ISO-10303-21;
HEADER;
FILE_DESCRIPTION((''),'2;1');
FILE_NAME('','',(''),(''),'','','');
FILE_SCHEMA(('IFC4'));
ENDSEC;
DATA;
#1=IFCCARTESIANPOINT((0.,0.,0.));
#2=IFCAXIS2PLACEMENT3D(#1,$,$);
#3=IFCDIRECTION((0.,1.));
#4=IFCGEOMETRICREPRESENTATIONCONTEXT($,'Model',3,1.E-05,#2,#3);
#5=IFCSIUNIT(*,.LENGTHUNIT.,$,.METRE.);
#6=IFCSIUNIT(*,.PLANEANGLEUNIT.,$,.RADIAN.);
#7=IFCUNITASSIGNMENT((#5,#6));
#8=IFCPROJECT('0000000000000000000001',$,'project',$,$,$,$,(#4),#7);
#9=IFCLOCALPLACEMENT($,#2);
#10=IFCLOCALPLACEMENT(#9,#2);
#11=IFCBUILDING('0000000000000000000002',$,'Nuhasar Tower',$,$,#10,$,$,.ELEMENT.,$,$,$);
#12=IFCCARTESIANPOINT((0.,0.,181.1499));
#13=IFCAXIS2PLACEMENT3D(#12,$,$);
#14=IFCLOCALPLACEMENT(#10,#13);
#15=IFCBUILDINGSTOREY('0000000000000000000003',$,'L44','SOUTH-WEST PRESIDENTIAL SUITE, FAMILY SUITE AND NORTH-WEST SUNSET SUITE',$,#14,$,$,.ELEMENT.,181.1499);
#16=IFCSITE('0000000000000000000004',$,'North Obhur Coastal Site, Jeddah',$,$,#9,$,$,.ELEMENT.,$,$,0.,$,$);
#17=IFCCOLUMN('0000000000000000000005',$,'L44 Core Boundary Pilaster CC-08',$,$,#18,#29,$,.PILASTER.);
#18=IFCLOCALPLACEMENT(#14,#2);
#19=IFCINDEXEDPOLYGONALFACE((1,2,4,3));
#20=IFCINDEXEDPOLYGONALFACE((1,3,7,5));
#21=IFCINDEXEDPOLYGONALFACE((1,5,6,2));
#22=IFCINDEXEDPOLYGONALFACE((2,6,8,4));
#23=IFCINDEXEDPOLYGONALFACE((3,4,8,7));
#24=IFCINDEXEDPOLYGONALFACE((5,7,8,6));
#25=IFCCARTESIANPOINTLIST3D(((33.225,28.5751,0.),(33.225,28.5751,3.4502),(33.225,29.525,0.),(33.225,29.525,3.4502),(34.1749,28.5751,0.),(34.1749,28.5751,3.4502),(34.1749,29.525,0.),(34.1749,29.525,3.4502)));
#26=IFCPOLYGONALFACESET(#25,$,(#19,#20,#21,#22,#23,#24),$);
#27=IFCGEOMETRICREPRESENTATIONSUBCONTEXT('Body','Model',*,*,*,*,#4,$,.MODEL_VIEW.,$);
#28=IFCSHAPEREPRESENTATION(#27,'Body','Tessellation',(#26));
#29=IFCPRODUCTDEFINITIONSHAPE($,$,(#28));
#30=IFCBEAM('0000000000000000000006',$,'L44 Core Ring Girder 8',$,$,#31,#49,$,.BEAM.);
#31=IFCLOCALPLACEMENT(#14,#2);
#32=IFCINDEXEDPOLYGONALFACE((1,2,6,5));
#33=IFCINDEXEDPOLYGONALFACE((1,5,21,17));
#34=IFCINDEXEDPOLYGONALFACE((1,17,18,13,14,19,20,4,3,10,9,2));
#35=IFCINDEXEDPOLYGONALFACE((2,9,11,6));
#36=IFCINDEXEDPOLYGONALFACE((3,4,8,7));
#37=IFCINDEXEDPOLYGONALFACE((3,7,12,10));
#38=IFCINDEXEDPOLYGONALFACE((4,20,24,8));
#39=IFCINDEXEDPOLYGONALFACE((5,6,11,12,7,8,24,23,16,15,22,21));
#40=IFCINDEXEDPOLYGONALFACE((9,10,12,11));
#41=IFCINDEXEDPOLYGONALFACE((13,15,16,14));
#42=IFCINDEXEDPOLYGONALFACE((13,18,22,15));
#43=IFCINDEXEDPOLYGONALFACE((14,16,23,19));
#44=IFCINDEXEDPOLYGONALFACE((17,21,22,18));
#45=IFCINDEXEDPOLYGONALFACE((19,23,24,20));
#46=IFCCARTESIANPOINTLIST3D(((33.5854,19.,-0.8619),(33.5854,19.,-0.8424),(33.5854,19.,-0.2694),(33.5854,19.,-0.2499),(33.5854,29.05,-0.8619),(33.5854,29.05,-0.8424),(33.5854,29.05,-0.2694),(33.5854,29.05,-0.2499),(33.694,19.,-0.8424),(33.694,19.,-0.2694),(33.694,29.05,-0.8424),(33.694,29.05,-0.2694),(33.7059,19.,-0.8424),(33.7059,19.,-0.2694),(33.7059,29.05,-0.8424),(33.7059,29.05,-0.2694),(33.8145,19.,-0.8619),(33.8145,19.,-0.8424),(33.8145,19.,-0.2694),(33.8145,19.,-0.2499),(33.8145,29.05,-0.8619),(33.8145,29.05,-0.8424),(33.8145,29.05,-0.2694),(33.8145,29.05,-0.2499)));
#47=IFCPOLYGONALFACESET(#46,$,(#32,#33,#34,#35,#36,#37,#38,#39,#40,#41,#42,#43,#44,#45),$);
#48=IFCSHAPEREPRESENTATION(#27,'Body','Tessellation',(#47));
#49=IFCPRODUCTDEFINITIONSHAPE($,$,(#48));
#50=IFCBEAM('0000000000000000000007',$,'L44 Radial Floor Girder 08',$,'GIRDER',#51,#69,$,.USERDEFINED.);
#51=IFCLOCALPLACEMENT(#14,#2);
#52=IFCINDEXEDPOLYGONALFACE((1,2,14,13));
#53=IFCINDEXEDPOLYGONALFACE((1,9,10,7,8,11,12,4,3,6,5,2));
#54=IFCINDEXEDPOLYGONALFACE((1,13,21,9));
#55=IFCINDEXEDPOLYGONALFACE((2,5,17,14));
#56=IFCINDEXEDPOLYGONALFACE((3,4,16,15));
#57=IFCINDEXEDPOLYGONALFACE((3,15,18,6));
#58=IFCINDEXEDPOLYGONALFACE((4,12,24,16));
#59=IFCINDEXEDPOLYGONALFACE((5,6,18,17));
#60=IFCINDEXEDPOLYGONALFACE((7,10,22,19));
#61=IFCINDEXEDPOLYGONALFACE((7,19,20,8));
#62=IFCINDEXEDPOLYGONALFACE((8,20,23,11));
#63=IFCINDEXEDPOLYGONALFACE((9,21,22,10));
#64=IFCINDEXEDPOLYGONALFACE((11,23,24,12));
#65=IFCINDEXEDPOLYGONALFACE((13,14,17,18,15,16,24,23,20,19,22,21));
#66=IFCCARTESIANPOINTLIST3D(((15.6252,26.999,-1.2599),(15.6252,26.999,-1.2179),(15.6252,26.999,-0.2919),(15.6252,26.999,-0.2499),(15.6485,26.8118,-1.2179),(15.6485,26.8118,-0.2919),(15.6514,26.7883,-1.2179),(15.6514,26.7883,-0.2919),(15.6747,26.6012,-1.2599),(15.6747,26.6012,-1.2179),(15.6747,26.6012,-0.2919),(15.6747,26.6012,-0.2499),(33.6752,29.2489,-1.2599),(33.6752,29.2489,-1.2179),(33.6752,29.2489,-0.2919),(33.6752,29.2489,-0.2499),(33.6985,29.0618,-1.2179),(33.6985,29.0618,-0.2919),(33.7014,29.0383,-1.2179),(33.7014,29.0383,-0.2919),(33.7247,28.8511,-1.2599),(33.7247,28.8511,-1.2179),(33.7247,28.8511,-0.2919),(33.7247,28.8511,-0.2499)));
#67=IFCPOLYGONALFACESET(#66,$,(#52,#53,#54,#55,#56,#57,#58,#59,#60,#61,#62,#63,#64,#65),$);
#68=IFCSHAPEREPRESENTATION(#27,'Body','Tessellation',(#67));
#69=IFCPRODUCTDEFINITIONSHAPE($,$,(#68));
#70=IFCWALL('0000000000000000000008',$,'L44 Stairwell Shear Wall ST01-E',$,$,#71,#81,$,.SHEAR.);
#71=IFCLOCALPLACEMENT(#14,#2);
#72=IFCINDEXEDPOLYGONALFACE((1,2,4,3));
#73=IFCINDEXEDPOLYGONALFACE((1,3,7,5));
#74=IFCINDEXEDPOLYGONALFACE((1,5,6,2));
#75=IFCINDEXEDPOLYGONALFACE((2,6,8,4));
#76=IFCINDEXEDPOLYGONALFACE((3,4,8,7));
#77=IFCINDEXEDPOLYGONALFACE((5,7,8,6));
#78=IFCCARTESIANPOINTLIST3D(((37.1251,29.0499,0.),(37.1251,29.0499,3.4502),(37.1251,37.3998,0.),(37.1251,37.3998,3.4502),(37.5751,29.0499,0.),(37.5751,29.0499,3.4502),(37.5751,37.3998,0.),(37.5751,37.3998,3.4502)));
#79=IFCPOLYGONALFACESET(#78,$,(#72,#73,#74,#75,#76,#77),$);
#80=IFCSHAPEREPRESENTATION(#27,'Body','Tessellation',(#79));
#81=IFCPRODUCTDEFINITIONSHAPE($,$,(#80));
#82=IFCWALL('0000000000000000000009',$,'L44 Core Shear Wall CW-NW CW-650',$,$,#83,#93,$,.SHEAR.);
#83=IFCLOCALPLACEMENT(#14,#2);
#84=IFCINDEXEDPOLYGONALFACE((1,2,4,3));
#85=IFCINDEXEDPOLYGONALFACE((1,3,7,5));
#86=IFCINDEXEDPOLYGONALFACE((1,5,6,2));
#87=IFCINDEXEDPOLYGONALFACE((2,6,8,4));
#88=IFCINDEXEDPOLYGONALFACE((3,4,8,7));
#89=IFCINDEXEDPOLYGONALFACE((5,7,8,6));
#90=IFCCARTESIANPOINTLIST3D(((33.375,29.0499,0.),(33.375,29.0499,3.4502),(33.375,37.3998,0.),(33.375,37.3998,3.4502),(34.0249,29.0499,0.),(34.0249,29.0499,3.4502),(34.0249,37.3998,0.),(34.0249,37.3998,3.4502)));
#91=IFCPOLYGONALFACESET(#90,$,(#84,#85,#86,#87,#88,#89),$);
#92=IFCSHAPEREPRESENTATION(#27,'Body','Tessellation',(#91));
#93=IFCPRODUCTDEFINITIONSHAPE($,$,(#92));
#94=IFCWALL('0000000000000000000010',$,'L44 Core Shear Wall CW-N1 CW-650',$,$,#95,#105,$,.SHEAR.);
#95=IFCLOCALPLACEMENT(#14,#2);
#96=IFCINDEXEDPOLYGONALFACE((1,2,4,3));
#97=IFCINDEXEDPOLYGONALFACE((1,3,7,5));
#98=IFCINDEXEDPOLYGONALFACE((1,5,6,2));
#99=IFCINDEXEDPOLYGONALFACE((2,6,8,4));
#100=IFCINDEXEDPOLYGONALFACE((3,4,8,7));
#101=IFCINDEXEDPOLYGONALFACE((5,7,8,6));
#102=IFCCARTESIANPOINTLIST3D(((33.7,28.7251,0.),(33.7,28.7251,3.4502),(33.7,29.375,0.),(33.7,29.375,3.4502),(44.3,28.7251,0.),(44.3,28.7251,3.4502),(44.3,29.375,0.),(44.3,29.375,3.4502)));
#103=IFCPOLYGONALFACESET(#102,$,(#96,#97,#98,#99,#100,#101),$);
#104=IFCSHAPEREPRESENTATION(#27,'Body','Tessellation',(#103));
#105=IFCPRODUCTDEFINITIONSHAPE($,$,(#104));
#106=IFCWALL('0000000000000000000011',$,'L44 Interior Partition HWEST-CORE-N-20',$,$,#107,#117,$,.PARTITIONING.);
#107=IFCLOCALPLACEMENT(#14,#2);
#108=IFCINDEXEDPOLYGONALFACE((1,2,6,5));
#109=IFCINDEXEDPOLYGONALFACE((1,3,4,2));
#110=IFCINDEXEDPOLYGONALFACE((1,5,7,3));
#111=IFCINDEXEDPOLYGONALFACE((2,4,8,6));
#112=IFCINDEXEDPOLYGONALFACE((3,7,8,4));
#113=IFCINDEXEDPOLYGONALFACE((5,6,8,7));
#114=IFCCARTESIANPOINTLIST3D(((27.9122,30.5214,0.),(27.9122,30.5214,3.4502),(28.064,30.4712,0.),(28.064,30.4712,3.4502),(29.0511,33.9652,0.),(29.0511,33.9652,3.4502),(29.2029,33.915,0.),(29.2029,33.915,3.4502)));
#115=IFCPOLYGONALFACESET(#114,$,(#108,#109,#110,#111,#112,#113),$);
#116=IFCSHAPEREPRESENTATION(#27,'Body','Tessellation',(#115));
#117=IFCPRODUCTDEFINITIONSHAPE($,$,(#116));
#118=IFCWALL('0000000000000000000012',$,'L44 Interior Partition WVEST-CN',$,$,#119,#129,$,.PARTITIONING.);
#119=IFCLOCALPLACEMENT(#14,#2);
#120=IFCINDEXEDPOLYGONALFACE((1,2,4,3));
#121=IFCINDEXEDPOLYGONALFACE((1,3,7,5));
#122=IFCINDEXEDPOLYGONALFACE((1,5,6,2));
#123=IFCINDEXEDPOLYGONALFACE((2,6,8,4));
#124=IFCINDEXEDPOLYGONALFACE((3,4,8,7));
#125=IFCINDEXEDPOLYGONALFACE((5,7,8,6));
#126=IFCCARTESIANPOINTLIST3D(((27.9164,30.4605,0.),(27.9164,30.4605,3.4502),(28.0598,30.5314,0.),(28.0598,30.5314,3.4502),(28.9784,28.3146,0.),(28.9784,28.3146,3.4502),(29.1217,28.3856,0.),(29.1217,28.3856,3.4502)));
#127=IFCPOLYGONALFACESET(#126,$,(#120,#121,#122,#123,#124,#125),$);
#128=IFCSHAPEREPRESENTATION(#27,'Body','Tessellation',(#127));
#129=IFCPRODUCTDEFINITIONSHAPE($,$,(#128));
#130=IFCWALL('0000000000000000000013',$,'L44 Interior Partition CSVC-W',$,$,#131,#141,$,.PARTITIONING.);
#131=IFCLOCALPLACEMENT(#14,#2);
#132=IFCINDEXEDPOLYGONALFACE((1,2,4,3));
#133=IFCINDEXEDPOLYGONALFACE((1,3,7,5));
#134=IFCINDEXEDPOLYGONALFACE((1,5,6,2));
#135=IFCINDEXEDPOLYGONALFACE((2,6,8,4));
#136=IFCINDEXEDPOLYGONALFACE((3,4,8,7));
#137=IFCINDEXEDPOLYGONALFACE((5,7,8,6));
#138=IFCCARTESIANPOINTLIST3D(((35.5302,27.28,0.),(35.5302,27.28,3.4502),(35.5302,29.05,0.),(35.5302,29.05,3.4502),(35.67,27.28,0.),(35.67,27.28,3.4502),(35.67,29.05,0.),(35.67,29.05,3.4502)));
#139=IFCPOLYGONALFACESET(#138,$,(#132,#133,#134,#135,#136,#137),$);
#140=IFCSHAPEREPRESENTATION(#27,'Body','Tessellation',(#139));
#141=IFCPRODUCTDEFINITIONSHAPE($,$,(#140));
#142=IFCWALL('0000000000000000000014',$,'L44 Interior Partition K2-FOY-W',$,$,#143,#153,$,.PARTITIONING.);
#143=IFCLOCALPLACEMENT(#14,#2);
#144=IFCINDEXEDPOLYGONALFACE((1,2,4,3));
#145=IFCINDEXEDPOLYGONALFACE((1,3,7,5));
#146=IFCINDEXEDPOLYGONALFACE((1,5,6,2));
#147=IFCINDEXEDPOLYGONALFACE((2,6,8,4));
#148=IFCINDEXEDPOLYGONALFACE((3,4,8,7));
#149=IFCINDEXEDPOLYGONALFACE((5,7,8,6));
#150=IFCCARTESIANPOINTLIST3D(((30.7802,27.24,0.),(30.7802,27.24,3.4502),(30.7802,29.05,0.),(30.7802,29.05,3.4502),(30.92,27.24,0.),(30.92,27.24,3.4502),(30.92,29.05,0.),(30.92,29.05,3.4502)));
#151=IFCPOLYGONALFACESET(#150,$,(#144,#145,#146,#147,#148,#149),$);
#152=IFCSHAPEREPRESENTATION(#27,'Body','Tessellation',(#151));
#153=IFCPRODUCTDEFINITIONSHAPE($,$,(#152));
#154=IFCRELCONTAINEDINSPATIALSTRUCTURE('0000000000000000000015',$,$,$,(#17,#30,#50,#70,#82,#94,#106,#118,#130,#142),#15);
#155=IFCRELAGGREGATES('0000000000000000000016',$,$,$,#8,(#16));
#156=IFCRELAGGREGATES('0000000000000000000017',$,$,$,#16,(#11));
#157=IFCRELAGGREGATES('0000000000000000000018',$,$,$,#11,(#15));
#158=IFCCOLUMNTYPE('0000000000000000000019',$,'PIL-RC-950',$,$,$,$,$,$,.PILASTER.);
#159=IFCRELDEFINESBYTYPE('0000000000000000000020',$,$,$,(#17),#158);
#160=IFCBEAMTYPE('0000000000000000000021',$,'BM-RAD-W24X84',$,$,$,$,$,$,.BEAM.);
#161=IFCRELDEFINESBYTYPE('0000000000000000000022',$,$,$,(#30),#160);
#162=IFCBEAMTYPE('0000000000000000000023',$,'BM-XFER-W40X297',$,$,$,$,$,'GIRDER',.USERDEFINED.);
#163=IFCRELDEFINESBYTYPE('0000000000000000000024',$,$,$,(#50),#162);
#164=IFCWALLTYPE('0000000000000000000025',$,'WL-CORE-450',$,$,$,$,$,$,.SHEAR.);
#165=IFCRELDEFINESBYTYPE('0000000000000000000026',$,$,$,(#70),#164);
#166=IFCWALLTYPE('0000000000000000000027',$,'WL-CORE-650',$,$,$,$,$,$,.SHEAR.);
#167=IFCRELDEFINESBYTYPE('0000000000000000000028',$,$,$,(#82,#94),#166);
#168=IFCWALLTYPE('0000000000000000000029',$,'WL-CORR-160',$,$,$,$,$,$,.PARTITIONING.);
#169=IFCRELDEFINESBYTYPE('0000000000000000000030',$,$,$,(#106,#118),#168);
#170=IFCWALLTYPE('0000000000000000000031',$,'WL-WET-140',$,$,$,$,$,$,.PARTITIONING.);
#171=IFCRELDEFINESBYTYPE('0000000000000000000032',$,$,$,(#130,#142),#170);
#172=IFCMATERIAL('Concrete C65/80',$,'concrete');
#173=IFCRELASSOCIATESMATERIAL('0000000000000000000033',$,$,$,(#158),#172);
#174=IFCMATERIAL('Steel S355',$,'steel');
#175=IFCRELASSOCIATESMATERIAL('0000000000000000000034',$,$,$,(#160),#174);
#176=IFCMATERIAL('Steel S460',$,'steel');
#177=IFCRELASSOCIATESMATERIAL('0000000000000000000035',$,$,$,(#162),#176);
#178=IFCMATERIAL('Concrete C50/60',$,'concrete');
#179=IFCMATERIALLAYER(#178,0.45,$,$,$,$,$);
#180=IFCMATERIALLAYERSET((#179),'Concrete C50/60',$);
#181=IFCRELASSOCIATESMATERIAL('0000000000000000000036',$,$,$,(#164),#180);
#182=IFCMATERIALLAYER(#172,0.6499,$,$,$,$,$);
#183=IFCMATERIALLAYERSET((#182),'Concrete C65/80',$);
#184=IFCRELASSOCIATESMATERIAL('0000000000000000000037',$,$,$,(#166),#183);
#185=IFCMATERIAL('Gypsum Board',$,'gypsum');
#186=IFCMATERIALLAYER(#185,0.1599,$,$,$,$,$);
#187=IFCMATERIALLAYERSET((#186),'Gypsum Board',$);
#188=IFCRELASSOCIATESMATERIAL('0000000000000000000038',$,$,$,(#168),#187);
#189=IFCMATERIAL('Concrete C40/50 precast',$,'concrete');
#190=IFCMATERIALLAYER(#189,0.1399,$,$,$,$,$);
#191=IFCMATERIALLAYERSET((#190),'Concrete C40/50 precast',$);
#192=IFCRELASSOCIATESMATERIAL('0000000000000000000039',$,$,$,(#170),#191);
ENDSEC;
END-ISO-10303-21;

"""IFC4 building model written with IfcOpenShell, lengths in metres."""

from ifc_helpers import new_model, si_unit, direction, frame, frame_2d, origin, origin_2d, place, context, subcontext, project, spatial, rectangle, i_section, extrude, material, layer, layer_set, material_profile, profile_set, type_object, element, save


model = new_model("IFC4")

# Units and contexts
model_context = context("Model", 3, precision=1e-05, world=origin(), true_north=direction((0.0, 1.0)))
body_context = subcontext(model_context, "Body", "Model", "MODEL_VIEW")
ifc_project = project(units=[si_unit("LENGTHUNIT", "METRE"), si_unit("PLANEANGLEUNIT", "RADIAN")], contexts=[model_context])

# Site, building, storey
site_placement = place(None, origin())
site = spatial("IfcSite", under=ifc_project, at=site_placement, Name="North Obhur Coastal Site, Jeddah", CompositionType="ELEMENT", RefElevation=0.0)
building_placement = place(site_placement, origin())
building = spatial("IfcBuilding", under=site, at=building_placement, Name="Nuhasar Tower", CompositionType="ELEMENT")
storey_placement = place(building_placement, frame((0.0, 0.0, 181.1499)))
storey = spatial("IfcBuildingStorey", under=building, at=storey_placement, Name="L44", Description="SOUTH-WEST PRESIDENTIAL SUITE, FAMILY SUITE AND NORTH-WEST SUNSET SUITE", CompositionType="ELEMENT", Elevation=181.1499)

# Column
ifc_material_1 = material(Name="Concrete C65/80", Category="concrete")
ifc_material_profile_1 = material_profile(ifc_material_1, rectangle(XDim=0.95, YDim=0.95, at=origin_2d()), Name="RC950X950")
ifc_profile_set_1 = profile_set([ifc_material_profile_1], Name="Concrete C65/80")
column_type = type_object("IfcColumnType", Name="PIL-RC-950", PredefinedType="PILASTER", material=ifc_profile_set_1)
column_placement = place(storey_placement, frame((33.7, 29.05, 0.0), z_axis=(0.0, 0.0, 1.0), x_axis=(1.0, 0.0, 0.0)))
element("IfcColumn", 1, at=column_placement, inside=storey, type_object=column_type, Name="L44 Core Boundary Pilaster CC-08", PredefinedType="PILASTER", context=body_context, shape_type="SweptSolid", body=[
    extrude(rectangle(XDim=0.95, YDim=0.95, at=origin_2d()), origin(), (0.0, 0.0, 1.0), 3.4502),
])

# Beams
ifc_material_2 = material(Name="Steel S355", Category="steel")
ifc_material_profile_2 = material_profile(ifc_material_2, i_section(OverallWidth=0.229, OverallDepth=0.6121, WebThickness=0.012, FlangeThickness=0.0195, at=origin_2d()), Name="W24X84")
ifc_profile_set_2 = profile_set([ifc_material_profile_2], Name="Steel S355")
beam_type_1 = type_object("IfcBeamType", Name="BM-RAD-W24X84", PredefinedType="BEAM", material=ifc_profile_set_2)
beam_1_placement = place(storey_placement, frame((33.7, 29.05, -0.5559), z_axis=(0.0, -1.0, 0.0), x_axis=(1.0, 0.0, 0.0)))
element("IfcBeam", 2, at=beam_1_placement, inside=storey, type_object=beam_type_1, Name="L44 Core Ring Girder 8", PredefinedType="BEAM", context=body_context, shape_type="SweptSolid", body=[
    extrude(i_section(OverallWidth=0.229, OverallDepth=0.6121, WebThickness=0.012, FlangeThickness=0.0195, at=origin_2d()), origin(), (0.0, 0.0, 1.0), 10.05),
])
ifc_material_3 = material(Name="Steel S460", Category="steel")
ifc_material_profile_3 = material_profile(ifc_material_3, i_section(OverallWidth=0.4009, OverallDepth=1.01, WebThickness=0.0237, FlangeThickness=0.042, at=origin_2d()), Name="W40X297")
ifc_profile_set_3 = profile_set([ifc_material_profile_3], Name="Steel S460")
beam_type_2 = type_object("IfcBeamType", Name="BM-XFER-W40X297", ElementType="GIRDER", PredefinedType="USERDEFINED", material=ifc_profile_set_3)
beam_2_placement = place(storey_placement, frame((33.7, 29.05, -0.7549), z_axis=(-0.99232, -0.123696, 0.0), x_axis=(0.123696, -0.99232, 0.0)))
element("IfcBeam", 3, at=beam_2_placement, inside=storey, type_object=beam_type_2, Name="L44 Radial Floor Girder 08", ObjectType="GIRDER", PredefinedType="USERDEFINED", context=body_context, shape_type="SweptSolid", body=[
    extrude(i_section(OverallWidth=0.4009, OverallDepth=1.01, WebThickness=0.0237, FlangeThickness=0.042, at=origin_2d()), origin(), (0.0, 0.0, 1.0), 18.1897),
])

# Walls
ifc_material_4 = material(Name="Concrete C50/60", Category="concrete")
ifc_layer_1 = layer(ifc_material_4, 0.45)
ifc_layer_set_1 = layer_set([ifc_layer_1], Name="Concrete C50/60")
wall_type_1 = type_object("IfcWallType", Name="WL-CORE-450", PredefinedType="SHEAR", material=ifc_layer_set_1)
wall_1_placement = place(storey_placement, frame((37.3501, 29.05, 0.0), z_axis=(0.0, 0.0, 1.0), x_axis=(0.0, 1.0, 0.0)))
element("IfcWall", 4, at=wall_1_placement, inside=storey, type_object=wall_type_1, Name="L44 Stairwell Shear Wall ST01-E", PredefinedType="SHEAR", context=body_context, shape_type="SweptSolid", body=[
    extrude(rectangle(XDim=8.3499, YDim=0.45, at=frame_2d((4.1748, 0.0))), origin(), (0.0, 0.0, 1.0), 3.4502),
])
ifc_layer_2 = layer(ifc_material_1, 0.6499)
ifc_layer_set_2 = layer_set([ifc_layer_2], Name="Concrete C65/80")
wall_type_2 = type_object("IfcWallType", Name="WL-CORE-650", PredefinedType="SHEAR", material=ifc_layer_set_2)
wall_2_placement = place(storey_placement, frame((33.7, 29.05, 0.0), z_axis=(0.0, 0.0, 1.0), x_axis=(0.0, 1.0, 0.0)))
element("IfcWall", 5, at=wall_2_placement, inside=storey, type_object=wall_type_2, Name="L44 Core Shear Wall CW-NW CW-650", PredefinedType="SHEAR", context=body_context, shape_type="SweptSolid", body=[
    extrude(rectangle(XDim=8.3499, YDim=0.6499, at=frame_2d((4.1748, 0.0))), origin(), (0.0, 0.0, 1.0), 3.4502),
])
wall_3_placement = place(storey_placement, frame((33.7, 29.05, 0.0), z_axis=(0.0, 0.0, 1.0), x_axis=(1.0, 0.0, 0.0)))
element("IfcWall", 6, at=wall_3_placement, inside=storey, type_object=wall_type_2, Name="L44 Core Shear Wall CW-N1 CW-650", PredefinedType="SHEAR", context=body_context, shape_type="SweptSolid", body=[
    extrude(rectangle(XDim=10.6001, YDim=0.6499, at=frame_2d((5.3, 0.0))), origin(), (0.0, 0.0, 1.0), 3.4502),
])
ifc_material_5 = material(Name="Gypsum Board", Category="gypsum")
ifc_layer_3 = layer(ifc_material_5, 0.1599)
ifc_layer_set_3 = layer_set([ifc_layer_3], Name="Gypsum Board")
wall_type_3 = type_object("IfcWallType", Name="WL-CORR-160", PredefinedType="PARTITIONING", material=ifc_layer_set_3)
wall_4_placement = place(storey_placement, frame((29.127, 33.9399, 0.0), z_axis=(0.0, 0.0, 1.0), x_axis=(-0.313986, -0.949428, 0.0)))
element("IfcWall", 7, at=wall_4_placement, inside=storey, type_object=wall_type_3, Name="L44 Interior Partition HWEST-CORE-N-20", PredefinedType="PARTITIONING", context=body_context, shape_type="SweptSolid", body=[
    extrude(rectangle(XDim=3.6272, YDim=0.1599, at=frame_2d((1.8135, 0.0))), origin(), (0.0, 0.0, 1.0), 3.4502),
])
wall_5_placement = place(storey_placement, frame((27.988, 30.4961, 0.0), z_axis=(0.0, 0.0, 1.0), x_axis=(0.443539, -0.896255, 0.0)))
element("IfcWall", 8, at=wall_5_placement, inside=storey, type_object=wall_type_3, Name="L44 Interior Partition WVEST-CN", PredefinedType="PARTITIONING", context=body_context, shape_type="SweptSolid", body=[
    extrude(rectangle(XDim=2.3943, YDim=0.1599, at=frame_2d((1.1973, 0.0))), origin(), (0.0, 0.0, 1.0), 3.4502),
])
ifc_material_6 = material(Name="Concrete C40/50 precast", Category="concrete")
ifc_layer_4 = layer(ifc_material_6, 0.1399)
ifc_layer_set_4 = layer_set([ifc_layer_4], Name="Concrete C40/50 precast")
wall_type_4 = type_object("IfcWallType", Name="WL-WET-140", PredefinedType="PARTITIONING", material=ifc_layer_set_4)
wall_6_placement = place(storey_placement, frame((35.6001, 27.28, 0.0), z_axis=(0.0, 0.0, 1.0), x_axis=(0.0, 1.0, 0.0)))
element("IfcWall", 9, at=wall_6_placement, inside=storey, type_object=wall_type_4, Name="L44 Interior Partition CSVC-W", PredefinedType="PARTITIONING", context=body_context, shape_type="SweptSolid", body=[
    extrude(rectangle(XDim=1.77, YDim=0.1399, at=frame_2d((0.885, 0.0))), origin(), (0.0, 0.0, 1.0), 3.4502),
])
wall_7_placement = place(storey_placement, frame((30.8501, 27.24, 0.0), z_axis=(0.0, 0.0, 1.0), x_axis=(0.0, 1.0, 0.0)))
element("IfcWall", 10, at=wall_7_placement, inside=storey, type_object=wall_type_4, Name="L44 Interior Partition K2-FOY-W", PredefinedType="PARTITIONING", context=body_context, shape_type="SweptSolid", body=[
    extrude(rectangle(XDim=1.8101, YDim=0.1399, at=frame_2d((0.905, 0.0))), origin(), (0.0, 0.0, 1.0), 3.4502),
])

save(model, "model.ifc")
